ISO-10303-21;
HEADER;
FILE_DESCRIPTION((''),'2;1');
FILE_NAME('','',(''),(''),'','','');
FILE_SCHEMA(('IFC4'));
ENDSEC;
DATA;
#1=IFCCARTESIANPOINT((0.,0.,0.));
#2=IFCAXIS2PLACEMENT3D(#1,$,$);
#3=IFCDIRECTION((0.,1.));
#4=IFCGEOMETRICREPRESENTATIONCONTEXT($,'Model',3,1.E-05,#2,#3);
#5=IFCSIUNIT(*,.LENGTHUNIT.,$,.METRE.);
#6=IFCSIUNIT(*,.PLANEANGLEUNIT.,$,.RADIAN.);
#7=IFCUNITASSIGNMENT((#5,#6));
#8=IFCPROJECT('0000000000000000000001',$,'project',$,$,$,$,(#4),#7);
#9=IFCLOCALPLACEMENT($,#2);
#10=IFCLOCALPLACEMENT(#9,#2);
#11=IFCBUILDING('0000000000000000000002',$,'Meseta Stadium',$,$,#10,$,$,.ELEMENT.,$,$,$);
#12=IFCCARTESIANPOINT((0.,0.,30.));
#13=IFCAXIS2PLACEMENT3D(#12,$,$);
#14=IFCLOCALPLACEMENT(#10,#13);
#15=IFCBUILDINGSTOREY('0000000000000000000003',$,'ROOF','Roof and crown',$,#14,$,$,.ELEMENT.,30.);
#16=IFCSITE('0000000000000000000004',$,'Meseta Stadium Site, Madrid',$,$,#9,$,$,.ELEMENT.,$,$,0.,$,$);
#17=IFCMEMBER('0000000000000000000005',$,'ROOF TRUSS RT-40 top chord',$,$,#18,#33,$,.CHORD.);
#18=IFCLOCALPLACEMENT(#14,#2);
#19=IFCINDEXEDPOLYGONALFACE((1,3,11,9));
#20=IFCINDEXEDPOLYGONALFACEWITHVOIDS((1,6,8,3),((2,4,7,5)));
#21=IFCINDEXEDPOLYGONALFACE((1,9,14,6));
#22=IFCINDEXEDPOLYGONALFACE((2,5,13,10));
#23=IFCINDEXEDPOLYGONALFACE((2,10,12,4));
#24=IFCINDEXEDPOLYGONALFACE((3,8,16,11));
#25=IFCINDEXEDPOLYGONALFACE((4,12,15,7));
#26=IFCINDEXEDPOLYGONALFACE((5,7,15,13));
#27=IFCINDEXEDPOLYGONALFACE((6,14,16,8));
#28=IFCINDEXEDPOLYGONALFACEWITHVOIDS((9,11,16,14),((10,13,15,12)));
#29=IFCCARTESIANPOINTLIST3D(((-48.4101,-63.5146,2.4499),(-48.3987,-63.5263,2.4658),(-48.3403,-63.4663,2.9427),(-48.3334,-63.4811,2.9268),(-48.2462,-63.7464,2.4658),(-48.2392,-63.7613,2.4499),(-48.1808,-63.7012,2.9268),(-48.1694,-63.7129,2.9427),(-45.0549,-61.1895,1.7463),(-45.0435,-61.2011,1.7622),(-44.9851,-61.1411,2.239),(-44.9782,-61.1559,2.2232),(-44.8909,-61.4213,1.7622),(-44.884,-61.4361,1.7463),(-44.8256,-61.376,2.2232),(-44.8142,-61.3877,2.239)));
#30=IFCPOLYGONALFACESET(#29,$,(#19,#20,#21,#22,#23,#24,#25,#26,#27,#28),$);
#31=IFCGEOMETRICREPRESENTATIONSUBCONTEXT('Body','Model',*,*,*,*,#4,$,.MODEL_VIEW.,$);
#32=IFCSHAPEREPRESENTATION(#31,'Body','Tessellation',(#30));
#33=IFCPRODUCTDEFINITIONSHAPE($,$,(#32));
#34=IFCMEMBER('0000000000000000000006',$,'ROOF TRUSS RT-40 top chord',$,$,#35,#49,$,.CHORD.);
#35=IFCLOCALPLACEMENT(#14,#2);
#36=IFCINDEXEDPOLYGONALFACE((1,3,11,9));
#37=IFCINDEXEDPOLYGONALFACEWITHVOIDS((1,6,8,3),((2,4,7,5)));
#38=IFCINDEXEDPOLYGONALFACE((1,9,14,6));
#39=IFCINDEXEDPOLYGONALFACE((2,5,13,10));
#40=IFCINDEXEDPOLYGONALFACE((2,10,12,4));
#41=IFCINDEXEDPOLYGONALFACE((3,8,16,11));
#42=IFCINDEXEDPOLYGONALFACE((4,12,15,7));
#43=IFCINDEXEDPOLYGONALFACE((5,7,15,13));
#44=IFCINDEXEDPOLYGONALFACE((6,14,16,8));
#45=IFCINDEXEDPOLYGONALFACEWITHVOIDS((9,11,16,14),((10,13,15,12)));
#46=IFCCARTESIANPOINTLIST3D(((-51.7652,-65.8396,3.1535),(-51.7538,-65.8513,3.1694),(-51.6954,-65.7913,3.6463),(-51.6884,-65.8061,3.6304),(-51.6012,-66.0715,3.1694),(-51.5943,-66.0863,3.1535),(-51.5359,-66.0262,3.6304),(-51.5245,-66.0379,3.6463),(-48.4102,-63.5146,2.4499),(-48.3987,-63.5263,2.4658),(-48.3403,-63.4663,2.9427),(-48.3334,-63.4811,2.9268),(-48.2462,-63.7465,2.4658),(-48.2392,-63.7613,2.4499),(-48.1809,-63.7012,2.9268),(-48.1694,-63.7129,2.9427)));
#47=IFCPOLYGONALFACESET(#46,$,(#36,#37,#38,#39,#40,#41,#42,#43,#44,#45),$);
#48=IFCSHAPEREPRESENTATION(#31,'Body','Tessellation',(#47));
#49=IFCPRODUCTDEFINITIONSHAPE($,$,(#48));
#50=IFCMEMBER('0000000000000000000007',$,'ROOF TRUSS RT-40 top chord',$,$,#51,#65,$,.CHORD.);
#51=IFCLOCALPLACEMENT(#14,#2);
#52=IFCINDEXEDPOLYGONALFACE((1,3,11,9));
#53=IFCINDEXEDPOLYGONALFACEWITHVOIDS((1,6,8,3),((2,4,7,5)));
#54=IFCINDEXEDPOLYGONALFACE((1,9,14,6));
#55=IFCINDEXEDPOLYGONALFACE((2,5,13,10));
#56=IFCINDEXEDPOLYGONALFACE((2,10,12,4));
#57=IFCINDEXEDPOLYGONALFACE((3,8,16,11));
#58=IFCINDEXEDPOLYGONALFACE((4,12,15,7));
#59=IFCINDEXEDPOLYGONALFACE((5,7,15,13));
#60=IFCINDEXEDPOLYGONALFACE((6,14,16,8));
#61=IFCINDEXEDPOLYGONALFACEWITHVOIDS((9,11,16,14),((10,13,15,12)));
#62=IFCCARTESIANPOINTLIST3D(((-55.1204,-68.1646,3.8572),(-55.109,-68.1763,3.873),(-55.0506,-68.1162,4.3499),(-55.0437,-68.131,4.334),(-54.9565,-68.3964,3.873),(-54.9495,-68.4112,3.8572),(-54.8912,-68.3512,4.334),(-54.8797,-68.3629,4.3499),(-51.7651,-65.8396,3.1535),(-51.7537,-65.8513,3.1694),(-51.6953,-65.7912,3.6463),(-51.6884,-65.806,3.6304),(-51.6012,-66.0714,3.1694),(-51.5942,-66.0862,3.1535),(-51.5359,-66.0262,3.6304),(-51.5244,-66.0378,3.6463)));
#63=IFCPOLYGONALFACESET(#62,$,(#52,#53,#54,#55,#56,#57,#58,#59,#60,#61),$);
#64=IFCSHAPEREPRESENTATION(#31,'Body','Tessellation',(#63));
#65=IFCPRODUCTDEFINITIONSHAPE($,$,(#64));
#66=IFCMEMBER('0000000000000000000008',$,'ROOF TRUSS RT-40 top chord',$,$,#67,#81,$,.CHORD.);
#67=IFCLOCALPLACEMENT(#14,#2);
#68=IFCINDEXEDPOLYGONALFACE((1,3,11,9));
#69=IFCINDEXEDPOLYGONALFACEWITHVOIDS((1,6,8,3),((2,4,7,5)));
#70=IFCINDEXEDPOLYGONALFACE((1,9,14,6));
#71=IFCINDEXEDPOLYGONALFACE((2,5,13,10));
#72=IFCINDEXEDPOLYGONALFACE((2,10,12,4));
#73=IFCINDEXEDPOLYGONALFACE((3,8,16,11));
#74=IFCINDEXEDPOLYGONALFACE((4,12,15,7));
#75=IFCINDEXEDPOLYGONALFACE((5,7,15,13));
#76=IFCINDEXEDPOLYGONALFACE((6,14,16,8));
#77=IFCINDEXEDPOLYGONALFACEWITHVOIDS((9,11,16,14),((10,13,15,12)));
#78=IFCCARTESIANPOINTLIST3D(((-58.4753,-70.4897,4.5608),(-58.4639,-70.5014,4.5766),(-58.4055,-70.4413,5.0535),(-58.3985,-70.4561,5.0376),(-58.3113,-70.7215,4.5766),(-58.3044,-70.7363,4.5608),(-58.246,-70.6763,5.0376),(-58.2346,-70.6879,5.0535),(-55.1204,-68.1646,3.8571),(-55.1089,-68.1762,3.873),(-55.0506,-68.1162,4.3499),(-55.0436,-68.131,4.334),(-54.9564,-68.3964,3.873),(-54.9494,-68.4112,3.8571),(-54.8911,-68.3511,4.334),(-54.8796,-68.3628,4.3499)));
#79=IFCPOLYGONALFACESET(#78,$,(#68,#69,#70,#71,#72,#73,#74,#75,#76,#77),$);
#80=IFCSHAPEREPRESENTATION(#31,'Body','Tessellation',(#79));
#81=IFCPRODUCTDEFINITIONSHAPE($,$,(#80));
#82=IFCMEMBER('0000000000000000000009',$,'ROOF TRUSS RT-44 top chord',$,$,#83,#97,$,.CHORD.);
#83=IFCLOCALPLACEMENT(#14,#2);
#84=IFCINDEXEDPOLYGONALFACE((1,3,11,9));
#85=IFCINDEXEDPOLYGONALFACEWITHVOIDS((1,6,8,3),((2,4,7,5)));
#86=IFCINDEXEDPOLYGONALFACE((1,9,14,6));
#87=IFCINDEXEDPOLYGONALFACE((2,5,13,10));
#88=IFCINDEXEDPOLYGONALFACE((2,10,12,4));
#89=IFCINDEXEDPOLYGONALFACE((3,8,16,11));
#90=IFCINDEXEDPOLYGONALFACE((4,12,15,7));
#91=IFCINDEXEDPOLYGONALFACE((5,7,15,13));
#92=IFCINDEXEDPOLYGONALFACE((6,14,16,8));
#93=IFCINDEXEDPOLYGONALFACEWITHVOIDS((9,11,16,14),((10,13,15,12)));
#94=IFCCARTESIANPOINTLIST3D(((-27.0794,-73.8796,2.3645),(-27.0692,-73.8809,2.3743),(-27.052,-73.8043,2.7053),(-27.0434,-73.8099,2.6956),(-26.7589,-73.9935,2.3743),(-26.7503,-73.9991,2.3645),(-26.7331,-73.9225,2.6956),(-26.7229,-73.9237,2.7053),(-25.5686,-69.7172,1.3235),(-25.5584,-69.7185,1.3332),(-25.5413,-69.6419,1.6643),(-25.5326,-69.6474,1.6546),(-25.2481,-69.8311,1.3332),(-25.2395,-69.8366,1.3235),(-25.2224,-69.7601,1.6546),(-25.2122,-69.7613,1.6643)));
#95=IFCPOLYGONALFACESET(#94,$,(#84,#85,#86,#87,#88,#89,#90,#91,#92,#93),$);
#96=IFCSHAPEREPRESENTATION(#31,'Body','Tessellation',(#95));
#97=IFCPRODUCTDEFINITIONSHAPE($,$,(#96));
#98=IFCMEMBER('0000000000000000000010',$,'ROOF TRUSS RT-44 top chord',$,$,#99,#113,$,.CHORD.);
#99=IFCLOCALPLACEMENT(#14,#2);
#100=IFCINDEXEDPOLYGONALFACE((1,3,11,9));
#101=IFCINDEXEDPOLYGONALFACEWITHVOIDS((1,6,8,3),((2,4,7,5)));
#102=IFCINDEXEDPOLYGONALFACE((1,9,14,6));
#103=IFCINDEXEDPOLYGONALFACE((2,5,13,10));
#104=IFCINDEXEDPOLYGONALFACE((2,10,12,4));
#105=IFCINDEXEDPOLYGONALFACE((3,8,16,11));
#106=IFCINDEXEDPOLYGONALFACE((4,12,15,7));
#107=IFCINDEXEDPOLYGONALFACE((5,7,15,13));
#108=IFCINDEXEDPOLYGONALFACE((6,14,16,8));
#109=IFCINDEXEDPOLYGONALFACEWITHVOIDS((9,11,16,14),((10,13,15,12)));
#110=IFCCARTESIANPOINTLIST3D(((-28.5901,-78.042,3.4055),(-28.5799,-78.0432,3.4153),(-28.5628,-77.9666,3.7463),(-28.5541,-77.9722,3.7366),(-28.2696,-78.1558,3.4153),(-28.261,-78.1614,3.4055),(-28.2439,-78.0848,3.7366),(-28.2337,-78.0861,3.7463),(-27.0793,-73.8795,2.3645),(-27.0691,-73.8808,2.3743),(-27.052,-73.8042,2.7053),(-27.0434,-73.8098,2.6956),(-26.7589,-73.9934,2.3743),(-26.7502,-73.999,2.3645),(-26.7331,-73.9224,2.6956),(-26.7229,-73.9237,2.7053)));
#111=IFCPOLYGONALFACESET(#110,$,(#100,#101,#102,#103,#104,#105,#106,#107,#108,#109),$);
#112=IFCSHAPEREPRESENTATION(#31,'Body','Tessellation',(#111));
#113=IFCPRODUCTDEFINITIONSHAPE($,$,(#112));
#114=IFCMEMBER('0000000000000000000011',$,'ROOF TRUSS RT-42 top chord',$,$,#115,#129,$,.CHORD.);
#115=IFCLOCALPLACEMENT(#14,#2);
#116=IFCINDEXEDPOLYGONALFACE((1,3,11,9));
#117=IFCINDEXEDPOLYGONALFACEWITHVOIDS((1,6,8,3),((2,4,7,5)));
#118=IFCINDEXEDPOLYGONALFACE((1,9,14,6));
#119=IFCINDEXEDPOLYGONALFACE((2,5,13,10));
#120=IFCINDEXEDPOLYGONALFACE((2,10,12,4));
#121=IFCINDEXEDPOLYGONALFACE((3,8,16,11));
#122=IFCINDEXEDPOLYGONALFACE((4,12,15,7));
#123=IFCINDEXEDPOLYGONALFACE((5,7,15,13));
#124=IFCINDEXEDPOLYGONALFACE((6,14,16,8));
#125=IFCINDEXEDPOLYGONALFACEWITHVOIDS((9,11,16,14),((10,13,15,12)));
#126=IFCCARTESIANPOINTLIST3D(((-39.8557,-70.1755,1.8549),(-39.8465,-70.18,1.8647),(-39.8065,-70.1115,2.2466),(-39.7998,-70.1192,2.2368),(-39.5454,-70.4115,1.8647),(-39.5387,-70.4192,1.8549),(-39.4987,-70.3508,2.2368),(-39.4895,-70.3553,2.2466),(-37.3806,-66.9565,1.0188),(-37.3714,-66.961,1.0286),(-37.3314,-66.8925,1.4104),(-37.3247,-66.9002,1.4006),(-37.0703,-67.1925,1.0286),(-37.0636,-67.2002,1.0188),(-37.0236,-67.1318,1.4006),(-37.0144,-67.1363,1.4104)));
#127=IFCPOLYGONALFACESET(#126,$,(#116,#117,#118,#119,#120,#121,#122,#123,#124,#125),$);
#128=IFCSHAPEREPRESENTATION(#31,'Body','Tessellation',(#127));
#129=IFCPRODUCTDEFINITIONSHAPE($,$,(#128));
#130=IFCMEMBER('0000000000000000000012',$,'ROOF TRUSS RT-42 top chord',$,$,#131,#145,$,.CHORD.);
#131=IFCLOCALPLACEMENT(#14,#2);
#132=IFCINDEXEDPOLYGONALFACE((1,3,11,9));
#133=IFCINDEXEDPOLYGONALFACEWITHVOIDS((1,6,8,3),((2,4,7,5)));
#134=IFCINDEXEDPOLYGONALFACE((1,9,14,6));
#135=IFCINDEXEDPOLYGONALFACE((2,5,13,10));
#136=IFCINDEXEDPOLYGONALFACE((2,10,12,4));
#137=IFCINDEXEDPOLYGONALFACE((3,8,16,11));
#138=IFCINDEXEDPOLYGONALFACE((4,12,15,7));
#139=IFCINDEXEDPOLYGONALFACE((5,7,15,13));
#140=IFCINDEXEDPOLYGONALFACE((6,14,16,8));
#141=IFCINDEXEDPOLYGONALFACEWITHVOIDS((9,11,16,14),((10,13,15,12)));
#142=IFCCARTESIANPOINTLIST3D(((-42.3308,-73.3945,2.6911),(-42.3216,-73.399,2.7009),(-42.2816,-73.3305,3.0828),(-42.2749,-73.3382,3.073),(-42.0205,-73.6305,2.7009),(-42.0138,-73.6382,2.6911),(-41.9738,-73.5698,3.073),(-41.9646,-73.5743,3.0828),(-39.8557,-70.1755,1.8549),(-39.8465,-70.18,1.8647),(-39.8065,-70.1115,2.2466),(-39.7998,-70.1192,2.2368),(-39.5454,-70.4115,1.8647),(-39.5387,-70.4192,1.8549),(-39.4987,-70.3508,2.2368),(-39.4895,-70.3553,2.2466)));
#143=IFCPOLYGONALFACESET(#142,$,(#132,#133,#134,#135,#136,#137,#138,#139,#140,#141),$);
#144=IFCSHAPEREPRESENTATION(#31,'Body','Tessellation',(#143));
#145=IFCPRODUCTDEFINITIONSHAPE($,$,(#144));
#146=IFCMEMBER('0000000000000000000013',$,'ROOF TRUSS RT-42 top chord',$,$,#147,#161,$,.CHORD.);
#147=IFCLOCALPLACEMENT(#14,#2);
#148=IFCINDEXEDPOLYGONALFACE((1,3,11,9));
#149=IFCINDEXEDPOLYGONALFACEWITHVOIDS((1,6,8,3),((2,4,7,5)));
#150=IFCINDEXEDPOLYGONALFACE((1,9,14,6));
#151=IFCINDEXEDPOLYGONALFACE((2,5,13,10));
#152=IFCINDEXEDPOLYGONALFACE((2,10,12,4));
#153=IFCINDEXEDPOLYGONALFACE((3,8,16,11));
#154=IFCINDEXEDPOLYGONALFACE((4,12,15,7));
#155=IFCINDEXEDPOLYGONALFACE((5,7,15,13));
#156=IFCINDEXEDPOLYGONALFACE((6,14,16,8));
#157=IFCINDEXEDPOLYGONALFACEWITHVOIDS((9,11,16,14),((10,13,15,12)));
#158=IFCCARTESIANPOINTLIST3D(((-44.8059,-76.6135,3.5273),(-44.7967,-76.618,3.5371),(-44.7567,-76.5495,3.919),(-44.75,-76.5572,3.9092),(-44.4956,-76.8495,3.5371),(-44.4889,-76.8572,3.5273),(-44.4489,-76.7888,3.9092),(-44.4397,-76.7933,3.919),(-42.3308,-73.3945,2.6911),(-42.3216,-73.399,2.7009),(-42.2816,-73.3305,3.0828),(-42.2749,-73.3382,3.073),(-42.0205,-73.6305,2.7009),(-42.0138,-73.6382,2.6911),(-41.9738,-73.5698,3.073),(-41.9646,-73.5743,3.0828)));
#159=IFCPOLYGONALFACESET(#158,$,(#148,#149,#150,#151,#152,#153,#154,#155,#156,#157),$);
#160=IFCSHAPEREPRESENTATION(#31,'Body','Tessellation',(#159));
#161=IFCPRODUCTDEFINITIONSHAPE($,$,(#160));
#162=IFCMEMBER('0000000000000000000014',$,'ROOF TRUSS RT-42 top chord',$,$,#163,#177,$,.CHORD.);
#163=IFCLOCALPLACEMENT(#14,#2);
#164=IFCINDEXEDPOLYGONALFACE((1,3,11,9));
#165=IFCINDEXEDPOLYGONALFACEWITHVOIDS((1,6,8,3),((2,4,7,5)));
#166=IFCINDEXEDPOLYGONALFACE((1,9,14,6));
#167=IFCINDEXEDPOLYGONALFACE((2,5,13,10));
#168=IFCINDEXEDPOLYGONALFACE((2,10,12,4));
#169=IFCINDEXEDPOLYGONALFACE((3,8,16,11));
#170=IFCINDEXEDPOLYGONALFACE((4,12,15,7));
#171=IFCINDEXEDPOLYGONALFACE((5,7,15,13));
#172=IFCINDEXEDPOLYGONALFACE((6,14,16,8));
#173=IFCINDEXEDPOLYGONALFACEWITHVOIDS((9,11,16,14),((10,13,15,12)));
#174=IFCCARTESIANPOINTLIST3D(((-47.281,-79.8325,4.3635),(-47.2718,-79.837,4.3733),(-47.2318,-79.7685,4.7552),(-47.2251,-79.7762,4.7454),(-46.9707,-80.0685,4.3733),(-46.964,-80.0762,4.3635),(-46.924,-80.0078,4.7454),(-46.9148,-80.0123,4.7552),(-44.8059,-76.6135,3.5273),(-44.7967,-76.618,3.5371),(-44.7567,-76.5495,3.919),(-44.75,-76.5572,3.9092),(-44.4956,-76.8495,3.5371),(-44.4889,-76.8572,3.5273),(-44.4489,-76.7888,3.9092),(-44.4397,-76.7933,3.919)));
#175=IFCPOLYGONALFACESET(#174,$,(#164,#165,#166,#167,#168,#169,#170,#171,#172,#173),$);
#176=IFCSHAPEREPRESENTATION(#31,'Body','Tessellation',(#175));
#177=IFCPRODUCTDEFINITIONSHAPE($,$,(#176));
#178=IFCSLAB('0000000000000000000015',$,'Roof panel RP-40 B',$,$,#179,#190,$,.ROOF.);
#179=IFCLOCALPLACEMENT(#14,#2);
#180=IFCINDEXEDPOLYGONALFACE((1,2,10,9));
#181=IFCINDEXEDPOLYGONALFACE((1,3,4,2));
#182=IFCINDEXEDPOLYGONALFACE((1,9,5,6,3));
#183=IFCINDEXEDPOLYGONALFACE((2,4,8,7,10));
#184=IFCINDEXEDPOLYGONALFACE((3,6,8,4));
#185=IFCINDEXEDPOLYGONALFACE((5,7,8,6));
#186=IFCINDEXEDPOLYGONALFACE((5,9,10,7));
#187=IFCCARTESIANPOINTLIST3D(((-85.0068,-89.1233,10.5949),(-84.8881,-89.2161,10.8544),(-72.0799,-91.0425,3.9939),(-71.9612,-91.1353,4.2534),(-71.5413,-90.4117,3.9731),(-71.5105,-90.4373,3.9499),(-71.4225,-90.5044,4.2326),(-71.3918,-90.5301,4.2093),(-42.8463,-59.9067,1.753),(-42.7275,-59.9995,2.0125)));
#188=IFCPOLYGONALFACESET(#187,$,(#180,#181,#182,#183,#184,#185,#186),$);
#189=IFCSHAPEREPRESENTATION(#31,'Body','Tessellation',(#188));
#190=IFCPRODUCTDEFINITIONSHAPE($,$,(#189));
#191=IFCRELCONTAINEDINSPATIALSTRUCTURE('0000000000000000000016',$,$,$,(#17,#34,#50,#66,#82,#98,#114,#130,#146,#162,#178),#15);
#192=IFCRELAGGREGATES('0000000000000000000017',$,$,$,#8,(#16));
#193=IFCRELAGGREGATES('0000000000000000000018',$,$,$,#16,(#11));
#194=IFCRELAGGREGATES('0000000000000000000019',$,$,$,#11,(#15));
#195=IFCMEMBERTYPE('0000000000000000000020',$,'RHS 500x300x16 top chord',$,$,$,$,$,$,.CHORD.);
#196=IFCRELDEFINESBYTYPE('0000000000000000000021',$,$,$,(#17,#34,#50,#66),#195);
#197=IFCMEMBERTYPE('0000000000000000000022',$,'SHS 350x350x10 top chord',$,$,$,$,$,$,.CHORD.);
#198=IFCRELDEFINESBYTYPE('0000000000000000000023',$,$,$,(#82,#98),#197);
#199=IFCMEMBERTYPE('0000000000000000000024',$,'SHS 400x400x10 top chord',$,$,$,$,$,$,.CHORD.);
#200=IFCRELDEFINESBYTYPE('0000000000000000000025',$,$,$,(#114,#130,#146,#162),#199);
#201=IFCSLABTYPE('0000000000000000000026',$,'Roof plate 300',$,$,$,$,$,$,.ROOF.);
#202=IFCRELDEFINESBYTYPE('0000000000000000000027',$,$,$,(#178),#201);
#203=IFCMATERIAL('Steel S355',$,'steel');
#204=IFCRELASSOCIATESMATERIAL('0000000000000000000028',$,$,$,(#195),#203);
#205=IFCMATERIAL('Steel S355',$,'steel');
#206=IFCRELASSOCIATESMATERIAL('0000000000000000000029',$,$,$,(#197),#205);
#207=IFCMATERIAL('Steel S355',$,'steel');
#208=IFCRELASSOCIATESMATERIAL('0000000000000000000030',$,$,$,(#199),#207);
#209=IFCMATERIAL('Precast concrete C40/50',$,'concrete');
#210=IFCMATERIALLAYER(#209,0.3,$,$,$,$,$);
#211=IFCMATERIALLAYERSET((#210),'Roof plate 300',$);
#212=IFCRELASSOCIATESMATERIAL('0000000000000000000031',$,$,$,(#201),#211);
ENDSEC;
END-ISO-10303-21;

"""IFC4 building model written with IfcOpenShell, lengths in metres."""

from ifc_helpers import new_model, si_unit, direction, frame, origin, origin_2d, place, context, subcontext, project, spatial, polyline, hollow_rectangle, outline, extrude, material, layer, layer_set, material_profile, profile_set, type_object, element, save


model = new_model("IFC4")

# Units and contexts
model_context = context("Model", 3, precision=1e-05, world=origin(), true_north=direction((0.0, 1.0)))
body_context = subcontext(model_context, "Body", "Model", "MODEL_VIEW")
ifc_project = project(units=[si_unit("LENGTHUNIT", "METRE"), si_unit("PLANEANGLEUNIT", "RADIAN")], contexts=[model_context])

# Site, building, storey
site_placement = place(None, origin())
site = spatial("IfcSite", under=ifc_project, at=site_placement, Name="Meseta Stadium Site, Madrid", CompositionType="ELEMENT", RefElevation=0.0)
building_placement = place(site_placement, origin())
building = spatial("IfcBuilding", under=site, at=building_placement, Name="Meseta Stadium", CompositionType="ELEMENT")
storey_placement = place(building_placement, frame((0.0, 0.0, 30.0)))
storey = spatial("IfcBuildingStorey", under=building, at=storey_placement, Name="ROOF", Description="Roof and crown", CompositionType="ELEMENT", Elevation=30.0)

# Members
ifc_material_1 = material(Name="Steel S355", Category="steel")
ifc_material_profile_1 = material_profile(ifc_material_1, hollow_rectangle(XDim=0.3, YDim=0.5, WallThickness=0.0161, at=origin_2d()), Name="RHS 500x300x16")
ifc_profile_set_1 = profile_set([ifc_material_profile_1], Name="Steel S355")
member_type_1 = type_object("IfcMemberType", Name="RHS 500x300x16 top chord", PredefinedType="CHORD", material=ifc_profile_set_1)
member_1_placement = place(storey_placement, frame((-44.9346, -61.2886, 1.9927), z_axis=(-0.809979, -0.561322, 0.169858), x_axis=(0.569599, -0.821923, 0.0)))
element("IfcMember", 1, at=member_1_placement, inside=storey, type_object=member_type_1, Name="ROOF TRUSS RT-40 top chord", PredefinedType="CHORD", context=body_context, shape_type="SweptSolid", body=[
    extrude(hollow_rectangle(XDim=0.3, YDim=0.5, WallThickness=0.0161, at=origin_2d()), origin(), (0.0, 0.0, 1.0), 4.1423),
])
member_2_placement = place(storey_placement, frame((-48.2898, -63.6138, 2.6963), z_axis=(-0.809986, -0.561308, 0.169872), x_axis=(0.569586, -0.821932, 0.0)))
element("IfcMember", 2, at=member_2_placement, inside=storey, type_object=member_type_1, Name="ROOF TRUSS RT-40 top chord", PredefinedType="CHORD", context=body_context, shape_type="SweptSolid", body=[
    extrude(hollow_rectangle(XDim=0.3, YDim=0.5, WallThickness=0.0161, at=origin_2d()), origin(), (0.0, 0.0, 1.0), 4.1421),
])
member_3_placement = place(storey_placement, frame((-51.6448, -65.9387, 3.3999), z_axis=(-0.810006, -0.561281, 0.169864), x_axis=(0.569558, -0.821951, 0.0)))
element("IfcMember", 3, at=member_3_placement, inside=storey, type_object=member_type_1, Name="ROOF TRUSS RT-40 top chord", PredefinedType="CHORD", context=body_context, shape_type="SweptSolid", body=[
    extrude(hollow_rectangle(XDim=0.3, YDim=0.5, WallThickness=0.0161, at=origin_2d()), origin(), (0.0, 0.0, 1.0), 4.1423),
])
member_4_placement = place(storey_placement, frame((-55.0, -68.2637, 4.1035), z_axis=(-0.809959, -0.561348, 0.169866), x_axis=(0.569627, -0.821904, 0.0)))
element("IfcMember", 4, at=member_4_placement, inside=storey, type_object=member_type_1, Name="ROOF TRUSS RT-40 top chord", PredefinedType="CHORD", context=body_context, shape_type="SweptSolid", body=[
    extrude(hollow_rectangle(XDim=0.3, YDim=0.5, WallThickness=0.0161, at=origin_2d()), origin(), (0.0, 0.0, 1.0), 4.1421),
])
ifc_material_2 = material(Name="Steel S355", Category="steel")
ifc_material_profile_2 = material_profile(ifc_material_2, hollow_rectangle(XDim=0.3501, YDim=0.3501, WallThickness=0.01, at=origin_2d()), Name="SHS 350x350x10")
ifc_profile_set_2 = profile_set([ifc_material_profile_2], Name="Steel S355")
member_type_2 = type_object("IfcMemberType", Name="SHS 350x350x10 top chord", PredefinedType="CHORD", material=ifc_profile_set_2)
for number, where, z_axis, x_axis, name in (
    (5, (-25.3904, -69.7393, 1.4939), (-0.332122, -0.915052, 0.228857), (0.939999, -0.341176, 0.0), "ROOF TRUSS RT-44 top chord"),
    (6, (-26.9011, -73.9016, 2.5349), (-0.332122, -0.915052, 0.228857), (0.939999, -0.341176, 0.0), "ROOF TRUSS RT-44 top chord"),
):
    element("IfcMember", number, at=place(storey_placement, frame(where, z_axis=z_axis, x_axis=x_axis)), inside=storey, type_object=member_type_2, Name=name, PredefinedType="CHORD", context=body_context, shape_type="SweptSolid", body=[
        extrude(hollow_rectangle(XDim=0.3501, YDim=0.3501, WallThickness=0.01, at=origin_2d()), origin(), (0.0, 0.0, 1.0), 4.5488),
    ])
ifc_material_3 = material(Name="Steel S355", Category="steel")
ifc_material_profile_3 = material_profile(ifc_material_3, hollow_rectangle(XDim=0.3999, YDim=0.3999, WallThickness=0.01, at=origin_2d()), Name="SHS 400x400x10")
ifc_profile_set_3 = profile_set([ifc_material_profile_3], Name="Steel S355")
member_type_3 = type_object("IfcMemberType", Name="SHS 400x400x10 top chord", PredefinedType="CHORD", material=ifc_profile_set_3)
for number, where, z_axis, x_axis, name in (
    (7, (-37.1975, -67.0464, 1.2146), (-0.597021, -0.776457, 0.201696), (0.792749, -0.609548, 0.0), "ROOF TRUSS RT-42 top chord"),
    (8, (-39.6726, -70.2654, 2.0508), (-0.597021, -0.776457, 0.201696), (0.792749, -0.609548, 0.0), "ROOF TRUSS RT-42 top chord"),
    (9, (-42.1477, -73.4844, 2.887), (-0.597021, -0.776457, 0.201696), (0.792749, -0.609548, 0.0), "ROOF TRUSS RT-42 top chord"),
    (10, (-44.6228, -76.7034, 3.7231), (-0.597021, -0.776457, 0.201696), (0.792749, -0.609548, 0.0), "ROOF TRUSS RT-42 top chord"),
):
    element("IfcMember", number, at=place(storey_placement, frame(where, z_axis=z_axis, x_axis=x_axis)), inside=storey, type_object=member_type_3, Name=name, PredefinedType="CHORD", context=body_context, shape_type="SweptSolid", body=[
        extrude(hollow_rectangle(XDim=0.3999, YDim=0.3999, WallThickness=0.01, at=origin_2d()), origin(), (0.0, 0.0, 1.0), 4.1458),
    ])

# Slab
ifc_material_4 = material(Name="Precast concrete C40/50", Category="concrete")
ifc_layer = layer(ifc_material_4, 0.3)
ifc_layer_set = layer_set([ifc_layer], Name="Roof plate 300")
slab_type = type_object("IfcSlabType", Name="Roof plate 300", PredefinedType="ROOF", material=ifc_layer_set)
slab_1_placement = place(storey_placement, frame((-42.7275, -59.9995, 2.0125), z_axis=(0.395666, -0.309254, 0.86476), x_axis=(-0.809986, -0.561307, 0.169871)))
element("IfcSlab", 11, at=slab_1_placement, inside=storey, type_object=slab_type, Name="Roof panel RP-40 B", PredefinedType="ROOF", context=body_context, shape_type="SweptSolid", body=[
    extrude(outline(polyline([(0.0, 0.0), (52.051, 0.0), (41.5363, 10.1883), (40.7279, 9.9911), (40.7423, 9.9471), (0.0, 0.0)])), origin(), (0.0, 0.0, -1.0), 0.3),
])

save(model, "model.ifc")
